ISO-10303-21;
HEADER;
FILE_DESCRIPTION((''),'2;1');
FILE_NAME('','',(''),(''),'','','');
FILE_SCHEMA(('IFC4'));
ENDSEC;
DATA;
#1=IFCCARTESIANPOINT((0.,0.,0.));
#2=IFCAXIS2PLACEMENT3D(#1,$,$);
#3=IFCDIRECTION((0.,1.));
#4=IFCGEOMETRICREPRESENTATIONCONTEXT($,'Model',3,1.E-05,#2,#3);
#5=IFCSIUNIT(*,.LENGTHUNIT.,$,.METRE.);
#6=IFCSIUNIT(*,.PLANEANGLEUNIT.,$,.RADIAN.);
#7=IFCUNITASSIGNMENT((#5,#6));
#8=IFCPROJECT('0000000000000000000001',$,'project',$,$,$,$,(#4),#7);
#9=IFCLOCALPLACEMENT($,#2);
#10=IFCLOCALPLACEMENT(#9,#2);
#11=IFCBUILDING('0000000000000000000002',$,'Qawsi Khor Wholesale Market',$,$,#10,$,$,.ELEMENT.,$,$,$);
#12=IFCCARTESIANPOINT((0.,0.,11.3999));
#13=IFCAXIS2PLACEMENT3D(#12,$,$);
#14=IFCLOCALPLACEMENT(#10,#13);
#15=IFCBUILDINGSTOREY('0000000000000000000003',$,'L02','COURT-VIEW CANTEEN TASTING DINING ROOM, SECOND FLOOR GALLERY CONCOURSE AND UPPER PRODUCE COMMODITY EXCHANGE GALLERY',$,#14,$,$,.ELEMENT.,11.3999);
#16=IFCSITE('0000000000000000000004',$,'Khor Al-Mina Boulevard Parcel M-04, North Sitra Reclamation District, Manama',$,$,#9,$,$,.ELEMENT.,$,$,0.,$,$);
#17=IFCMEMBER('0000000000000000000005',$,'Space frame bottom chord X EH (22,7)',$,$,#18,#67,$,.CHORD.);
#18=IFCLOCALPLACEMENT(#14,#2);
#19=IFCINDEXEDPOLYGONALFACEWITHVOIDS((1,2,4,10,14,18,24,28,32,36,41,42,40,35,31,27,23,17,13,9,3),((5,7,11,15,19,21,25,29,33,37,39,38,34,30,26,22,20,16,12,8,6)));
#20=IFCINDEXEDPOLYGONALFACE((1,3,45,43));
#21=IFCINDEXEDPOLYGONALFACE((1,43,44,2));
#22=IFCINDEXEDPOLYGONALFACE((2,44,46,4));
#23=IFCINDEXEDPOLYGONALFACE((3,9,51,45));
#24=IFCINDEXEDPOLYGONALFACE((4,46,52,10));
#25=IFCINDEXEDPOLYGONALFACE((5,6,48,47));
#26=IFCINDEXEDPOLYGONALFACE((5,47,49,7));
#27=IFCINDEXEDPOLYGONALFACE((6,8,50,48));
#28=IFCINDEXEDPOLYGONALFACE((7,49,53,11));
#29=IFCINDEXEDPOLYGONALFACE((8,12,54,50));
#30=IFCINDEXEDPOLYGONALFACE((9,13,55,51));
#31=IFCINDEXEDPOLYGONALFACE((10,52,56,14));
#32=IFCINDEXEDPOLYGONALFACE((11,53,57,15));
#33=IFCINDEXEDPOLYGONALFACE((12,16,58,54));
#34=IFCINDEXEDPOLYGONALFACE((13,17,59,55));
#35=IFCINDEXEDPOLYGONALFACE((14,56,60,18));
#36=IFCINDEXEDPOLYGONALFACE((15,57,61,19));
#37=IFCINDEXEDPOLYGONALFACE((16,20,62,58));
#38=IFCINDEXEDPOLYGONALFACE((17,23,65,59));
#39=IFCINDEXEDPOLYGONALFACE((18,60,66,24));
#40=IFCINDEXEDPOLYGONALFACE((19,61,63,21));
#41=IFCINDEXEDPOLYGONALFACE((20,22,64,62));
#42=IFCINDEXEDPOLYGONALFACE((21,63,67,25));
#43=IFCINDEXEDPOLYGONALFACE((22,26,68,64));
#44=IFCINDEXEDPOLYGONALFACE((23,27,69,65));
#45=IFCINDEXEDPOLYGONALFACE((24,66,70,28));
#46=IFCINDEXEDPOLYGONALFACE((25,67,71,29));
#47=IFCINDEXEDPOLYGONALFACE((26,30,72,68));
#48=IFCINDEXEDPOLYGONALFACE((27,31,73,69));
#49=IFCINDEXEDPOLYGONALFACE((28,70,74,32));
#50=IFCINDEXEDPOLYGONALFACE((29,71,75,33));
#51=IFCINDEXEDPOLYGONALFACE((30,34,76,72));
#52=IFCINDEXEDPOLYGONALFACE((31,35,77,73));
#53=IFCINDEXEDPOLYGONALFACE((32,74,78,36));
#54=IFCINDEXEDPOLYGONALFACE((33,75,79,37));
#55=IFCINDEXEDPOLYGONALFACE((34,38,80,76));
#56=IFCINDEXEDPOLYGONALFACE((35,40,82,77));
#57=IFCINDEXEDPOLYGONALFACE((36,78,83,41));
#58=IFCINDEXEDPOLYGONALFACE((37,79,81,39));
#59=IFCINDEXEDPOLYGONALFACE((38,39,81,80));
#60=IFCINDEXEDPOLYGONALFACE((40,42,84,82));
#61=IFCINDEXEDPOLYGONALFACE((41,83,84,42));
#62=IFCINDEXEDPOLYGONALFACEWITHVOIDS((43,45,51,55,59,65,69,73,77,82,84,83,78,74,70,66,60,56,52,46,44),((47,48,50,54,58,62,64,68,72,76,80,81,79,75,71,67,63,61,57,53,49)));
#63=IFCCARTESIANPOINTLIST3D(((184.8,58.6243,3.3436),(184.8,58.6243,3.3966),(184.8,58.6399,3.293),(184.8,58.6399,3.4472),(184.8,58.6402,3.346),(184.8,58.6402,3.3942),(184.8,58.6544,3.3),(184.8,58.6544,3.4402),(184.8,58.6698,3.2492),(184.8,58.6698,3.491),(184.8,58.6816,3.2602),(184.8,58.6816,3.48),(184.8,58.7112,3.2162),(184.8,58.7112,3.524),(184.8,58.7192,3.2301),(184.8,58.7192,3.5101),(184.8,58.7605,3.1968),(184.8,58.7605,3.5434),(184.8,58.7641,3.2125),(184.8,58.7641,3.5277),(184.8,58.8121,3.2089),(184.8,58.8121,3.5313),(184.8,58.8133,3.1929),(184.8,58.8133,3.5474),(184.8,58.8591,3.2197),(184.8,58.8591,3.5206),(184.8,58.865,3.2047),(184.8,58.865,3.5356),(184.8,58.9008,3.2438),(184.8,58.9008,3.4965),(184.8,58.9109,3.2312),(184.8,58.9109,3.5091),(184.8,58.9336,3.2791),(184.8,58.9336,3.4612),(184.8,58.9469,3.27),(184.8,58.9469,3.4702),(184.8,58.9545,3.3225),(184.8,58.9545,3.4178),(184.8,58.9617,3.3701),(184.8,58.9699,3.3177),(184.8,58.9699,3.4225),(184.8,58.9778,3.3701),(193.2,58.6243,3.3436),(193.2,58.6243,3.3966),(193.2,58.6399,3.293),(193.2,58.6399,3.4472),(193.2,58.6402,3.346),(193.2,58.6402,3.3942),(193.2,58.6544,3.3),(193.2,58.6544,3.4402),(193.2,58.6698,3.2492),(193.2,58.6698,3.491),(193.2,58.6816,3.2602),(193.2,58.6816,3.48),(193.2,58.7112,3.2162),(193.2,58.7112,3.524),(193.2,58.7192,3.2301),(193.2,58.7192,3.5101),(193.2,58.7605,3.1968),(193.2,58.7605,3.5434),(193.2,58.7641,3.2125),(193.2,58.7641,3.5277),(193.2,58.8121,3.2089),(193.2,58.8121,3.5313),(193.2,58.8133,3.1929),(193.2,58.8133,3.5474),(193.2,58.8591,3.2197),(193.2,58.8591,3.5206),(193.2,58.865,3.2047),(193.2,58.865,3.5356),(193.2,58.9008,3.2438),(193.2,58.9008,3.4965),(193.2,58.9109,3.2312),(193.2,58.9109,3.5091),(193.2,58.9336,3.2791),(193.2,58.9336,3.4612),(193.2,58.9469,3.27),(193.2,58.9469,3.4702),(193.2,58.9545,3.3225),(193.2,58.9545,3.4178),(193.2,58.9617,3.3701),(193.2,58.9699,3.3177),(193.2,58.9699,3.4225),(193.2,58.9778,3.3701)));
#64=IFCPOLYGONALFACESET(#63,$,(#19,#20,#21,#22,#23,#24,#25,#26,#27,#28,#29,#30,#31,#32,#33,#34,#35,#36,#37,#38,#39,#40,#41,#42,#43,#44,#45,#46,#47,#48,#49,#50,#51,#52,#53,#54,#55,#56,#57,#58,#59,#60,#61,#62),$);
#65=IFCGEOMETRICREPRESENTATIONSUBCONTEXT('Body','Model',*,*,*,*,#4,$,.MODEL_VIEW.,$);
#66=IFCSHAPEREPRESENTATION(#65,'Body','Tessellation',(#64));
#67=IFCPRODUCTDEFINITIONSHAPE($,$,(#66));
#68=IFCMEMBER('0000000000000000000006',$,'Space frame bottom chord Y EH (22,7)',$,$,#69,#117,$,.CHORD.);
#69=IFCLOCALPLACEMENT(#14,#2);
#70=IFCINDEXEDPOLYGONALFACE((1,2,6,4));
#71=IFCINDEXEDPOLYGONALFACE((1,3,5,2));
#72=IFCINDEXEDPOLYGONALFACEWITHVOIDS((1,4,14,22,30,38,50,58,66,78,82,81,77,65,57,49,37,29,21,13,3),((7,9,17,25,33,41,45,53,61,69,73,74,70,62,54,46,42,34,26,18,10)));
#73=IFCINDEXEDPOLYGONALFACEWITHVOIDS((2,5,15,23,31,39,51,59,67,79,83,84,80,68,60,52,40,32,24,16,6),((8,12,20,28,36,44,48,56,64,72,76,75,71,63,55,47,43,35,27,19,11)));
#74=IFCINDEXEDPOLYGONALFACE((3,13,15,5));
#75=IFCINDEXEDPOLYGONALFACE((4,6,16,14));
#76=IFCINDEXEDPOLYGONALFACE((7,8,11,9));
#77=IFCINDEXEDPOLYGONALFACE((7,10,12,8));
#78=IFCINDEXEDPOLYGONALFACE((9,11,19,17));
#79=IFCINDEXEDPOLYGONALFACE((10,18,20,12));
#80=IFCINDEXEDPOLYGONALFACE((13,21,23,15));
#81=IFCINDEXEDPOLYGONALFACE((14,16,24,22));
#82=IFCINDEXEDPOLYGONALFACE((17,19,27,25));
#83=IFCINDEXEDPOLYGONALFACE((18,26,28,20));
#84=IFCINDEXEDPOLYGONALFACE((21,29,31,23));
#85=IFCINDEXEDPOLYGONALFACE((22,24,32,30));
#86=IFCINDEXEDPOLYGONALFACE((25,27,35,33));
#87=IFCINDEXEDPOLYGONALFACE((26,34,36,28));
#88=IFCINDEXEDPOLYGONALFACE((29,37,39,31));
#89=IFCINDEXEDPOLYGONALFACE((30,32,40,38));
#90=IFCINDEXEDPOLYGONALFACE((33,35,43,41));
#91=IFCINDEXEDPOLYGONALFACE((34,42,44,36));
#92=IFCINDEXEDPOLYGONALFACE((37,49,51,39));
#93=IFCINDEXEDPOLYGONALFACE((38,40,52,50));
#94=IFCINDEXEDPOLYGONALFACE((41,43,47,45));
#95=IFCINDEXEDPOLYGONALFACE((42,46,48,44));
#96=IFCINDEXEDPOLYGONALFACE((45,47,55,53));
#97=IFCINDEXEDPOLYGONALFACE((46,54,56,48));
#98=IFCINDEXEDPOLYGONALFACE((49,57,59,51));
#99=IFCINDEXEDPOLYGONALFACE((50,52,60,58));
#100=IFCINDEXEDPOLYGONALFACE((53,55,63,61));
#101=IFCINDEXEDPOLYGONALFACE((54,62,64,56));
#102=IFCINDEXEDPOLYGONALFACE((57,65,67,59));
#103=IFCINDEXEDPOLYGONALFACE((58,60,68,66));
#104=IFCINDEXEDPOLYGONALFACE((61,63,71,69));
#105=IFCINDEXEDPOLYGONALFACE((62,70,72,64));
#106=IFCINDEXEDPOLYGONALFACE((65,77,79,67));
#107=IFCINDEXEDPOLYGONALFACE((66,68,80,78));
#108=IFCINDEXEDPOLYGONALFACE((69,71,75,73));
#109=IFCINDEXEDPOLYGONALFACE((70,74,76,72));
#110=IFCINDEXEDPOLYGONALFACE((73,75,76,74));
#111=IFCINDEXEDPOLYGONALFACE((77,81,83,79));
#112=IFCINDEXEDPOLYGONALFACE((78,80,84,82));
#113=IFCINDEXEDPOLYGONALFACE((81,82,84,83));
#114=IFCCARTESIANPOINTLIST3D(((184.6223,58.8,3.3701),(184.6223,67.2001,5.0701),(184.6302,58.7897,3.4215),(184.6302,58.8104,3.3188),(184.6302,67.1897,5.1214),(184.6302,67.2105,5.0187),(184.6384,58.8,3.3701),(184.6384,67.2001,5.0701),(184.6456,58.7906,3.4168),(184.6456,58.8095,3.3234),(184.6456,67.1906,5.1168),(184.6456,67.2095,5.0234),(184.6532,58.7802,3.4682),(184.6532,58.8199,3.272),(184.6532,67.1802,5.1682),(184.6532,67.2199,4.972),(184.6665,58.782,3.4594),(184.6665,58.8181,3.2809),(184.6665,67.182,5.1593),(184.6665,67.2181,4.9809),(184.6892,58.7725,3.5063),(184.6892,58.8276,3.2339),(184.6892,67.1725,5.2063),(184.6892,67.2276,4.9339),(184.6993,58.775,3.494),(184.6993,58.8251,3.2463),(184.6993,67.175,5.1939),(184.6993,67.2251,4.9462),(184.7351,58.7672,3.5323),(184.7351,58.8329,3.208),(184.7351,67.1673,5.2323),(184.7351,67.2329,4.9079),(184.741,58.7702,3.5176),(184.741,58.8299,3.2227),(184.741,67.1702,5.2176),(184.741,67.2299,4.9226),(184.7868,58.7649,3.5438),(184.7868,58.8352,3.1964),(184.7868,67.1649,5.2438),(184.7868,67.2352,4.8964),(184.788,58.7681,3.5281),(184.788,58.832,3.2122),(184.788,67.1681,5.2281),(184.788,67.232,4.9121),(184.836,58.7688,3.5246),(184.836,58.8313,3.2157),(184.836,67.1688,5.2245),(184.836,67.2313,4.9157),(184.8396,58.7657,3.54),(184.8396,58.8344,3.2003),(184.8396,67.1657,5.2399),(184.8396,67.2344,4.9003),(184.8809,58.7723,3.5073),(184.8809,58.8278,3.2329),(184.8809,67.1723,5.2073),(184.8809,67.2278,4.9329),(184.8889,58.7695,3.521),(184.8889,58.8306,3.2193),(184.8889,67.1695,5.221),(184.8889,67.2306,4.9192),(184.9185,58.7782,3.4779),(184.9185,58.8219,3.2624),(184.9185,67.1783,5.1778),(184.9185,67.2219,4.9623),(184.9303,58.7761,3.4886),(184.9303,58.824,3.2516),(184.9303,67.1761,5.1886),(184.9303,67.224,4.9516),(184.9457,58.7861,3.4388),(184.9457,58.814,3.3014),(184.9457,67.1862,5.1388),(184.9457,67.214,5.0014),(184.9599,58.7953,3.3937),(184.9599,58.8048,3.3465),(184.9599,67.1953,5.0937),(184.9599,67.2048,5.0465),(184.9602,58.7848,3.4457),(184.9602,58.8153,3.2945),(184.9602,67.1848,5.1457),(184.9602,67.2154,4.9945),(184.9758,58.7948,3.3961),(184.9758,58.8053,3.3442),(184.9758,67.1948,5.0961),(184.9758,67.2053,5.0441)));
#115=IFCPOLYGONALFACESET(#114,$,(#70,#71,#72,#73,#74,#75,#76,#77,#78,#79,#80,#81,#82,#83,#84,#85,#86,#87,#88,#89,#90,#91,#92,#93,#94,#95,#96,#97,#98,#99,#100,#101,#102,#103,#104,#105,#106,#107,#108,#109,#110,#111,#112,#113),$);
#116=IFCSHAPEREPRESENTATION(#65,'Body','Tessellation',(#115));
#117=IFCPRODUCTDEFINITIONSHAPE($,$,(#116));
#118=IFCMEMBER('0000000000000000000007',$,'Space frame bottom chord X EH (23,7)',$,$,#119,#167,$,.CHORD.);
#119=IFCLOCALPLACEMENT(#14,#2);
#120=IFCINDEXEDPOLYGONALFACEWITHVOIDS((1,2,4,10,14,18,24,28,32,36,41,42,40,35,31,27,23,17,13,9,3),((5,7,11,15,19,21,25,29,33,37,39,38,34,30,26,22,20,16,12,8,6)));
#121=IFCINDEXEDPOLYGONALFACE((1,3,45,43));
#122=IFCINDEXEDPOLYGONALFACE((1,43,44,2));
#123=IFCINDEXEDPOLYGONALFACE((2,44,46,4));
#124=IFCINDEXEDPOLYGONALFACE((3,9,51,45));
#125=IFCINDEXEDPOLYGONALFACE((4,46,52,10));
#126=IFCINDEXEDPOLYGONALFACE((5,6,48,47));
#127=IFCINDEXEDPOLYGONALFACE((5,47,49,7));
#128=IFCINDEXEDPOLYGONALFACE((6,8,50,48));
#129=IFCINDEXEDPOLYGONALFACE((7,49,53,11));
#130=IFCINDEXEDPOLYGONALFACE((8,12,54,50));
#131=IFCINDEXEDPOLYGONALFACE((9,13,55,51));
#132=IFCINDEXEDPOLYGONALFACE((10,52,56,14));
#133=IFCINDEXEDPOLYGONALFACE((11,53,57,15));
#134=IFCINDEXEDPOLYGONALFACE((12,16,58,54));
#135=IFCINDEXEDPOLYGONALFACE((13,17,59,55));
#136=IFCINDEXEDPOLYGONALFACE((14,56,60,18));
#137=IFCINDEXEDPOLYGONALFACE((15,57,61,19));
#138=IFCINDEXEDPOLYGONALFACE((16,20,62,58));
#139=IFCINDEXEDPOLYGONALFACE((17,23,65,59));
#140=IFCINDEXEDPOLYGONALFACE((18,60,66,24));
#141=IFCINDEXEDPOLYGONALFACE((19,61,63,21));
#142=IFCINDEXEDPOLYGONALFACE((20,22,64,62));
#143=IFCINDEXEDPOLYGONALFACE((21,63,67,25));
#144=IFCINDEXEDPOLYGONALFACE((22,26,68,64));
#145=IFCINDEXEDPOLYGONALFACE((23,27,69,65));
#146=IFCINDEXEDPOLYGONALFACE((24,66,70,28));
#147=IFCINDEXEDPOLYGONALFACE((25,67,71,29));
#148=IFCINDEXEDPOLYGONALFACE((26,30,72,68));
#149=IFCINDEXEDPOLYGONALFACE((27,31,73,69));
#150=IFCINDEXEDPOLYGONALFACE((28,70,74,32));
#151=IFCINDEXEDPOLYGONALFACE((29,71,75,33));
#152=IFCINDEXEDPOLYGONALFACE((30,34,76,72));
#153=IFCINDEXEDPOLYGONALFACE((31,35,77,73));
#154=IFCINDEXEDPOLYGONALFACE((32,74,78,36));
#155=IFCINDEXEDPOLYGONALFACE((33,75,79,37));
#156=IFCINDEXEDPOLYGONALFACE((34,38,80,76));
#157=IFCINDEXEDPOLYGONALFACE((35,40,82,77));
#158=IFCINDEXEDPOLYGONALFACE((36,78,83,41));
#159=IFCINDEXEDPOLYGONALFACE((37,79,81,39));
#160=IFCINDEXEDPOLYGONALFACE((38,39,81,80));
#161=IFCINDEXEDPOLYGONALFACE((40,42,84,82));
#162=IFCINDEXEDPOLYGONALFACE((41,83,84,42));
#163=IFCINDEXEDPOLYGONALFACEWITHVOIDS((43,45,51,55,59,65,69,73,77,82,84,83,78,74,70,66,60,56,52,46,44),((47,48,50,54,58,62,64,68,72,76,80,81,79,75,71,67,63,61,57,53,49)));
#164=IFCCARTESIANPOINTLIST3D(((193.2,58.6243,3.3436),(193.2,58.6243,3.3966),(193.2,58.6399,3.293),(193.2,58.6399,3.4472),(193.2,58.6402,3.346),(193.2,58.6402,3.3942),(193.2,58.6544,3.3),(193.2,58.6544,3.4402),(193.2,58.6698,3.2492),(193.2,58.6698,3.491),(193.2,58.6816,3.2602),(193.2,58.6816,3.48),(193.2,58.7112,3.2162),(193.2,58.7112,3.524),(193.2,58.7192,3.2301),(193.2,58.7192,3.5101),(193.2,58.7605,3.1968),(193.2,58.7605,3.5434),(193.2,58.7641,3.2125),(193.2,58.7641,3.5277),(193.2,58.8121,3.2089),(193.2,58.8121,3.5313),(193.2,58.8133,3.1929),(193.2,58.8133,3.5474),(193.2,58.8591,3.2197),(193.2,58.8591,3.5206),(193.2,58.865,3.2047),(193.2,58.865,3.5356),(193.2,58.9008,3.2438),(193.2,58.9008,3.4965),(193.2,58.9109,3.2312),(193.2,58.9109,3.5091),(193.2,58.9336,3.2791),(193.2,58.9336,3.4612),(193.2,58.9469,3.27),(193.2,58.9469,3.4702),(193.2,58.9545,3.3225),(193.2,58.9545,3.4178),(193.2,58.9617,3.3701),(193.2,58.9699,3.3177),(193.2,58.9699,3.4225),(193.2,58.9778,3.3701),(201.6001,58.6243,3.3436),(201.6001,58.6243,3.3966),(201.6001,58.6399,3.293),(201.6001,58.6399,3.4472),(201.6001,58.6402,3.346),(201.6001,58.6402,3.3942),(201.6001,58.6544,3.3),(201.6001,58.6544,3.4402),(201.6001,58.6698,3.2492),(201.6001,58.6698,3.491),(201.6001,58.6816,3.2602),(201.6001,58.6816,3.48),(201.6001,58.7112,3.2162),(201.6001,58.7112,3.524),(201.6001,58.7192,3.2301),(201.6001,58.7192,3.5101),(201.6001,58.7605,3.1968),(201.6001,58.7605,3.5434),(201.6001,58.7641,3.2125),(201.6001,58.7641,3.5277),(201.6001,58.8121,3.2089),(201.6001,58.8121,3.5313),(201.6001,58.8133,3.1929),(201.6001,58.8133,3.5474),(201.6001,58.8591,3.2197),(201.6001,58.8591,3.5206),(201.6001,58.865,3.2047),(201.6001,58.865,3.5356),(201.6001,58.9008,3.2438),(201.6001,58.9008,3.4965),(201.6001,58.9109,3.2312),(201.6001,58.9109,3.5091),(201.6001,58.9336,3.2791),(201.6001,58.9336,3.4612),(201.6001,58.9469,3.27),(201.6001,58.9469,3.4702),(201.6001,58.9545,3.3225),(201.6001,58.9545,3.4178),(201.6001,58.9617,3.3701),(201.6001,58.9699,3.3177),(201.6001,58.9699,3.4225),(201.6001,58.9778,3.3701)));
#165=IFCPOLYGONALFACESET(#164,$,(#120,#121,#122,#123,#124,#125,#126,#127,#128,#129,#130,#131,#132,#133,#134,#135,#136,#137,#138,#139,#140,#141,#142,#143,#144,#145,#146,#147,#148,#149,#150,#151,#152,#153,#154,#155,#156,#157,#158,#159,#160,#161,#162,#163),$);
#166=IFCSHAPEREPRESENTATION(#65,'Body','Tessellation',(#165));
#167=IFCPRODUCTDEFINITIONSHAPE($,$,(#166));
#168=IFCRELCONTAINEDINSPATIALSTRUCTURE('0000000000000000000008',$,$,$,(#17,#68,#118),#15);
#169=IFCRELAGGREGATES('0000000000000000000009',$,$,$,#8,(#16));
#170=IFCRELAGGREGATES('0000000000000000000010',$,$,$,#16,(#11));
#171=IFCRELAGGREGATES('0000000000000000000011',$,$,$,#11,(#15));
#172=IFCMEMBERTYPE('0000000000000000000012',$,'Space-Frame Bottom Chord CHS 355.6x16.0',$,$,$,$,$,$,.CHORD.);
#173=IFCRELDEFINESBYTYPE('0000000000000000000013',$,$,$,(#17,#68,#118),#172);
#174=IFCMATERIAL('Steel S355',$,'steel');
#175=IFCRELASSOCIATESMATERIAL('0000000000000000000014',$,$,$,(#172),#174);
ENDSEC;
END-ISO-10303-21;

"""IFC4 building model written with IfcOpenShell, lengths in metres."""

from ifc_helpers import new_model, si_unit, direction, frame, origin, origin_2d, place, context, subcontext, project, spatial, hollow_circle, extrude, material, material_profile, profile_set, type_object, element, save


model = new_model("IFC4")

# Units and contexts
model_context = context("Model", 3, precision=1e-05, world=origin(), true_north=direction((0.0, 1.0)))
body_context = subcontext(model_context, "Body", "Model", "MODEL_VIEW")
ifc_project = project(units=[si_unit("LENGTHUNIT", "METRE"), si_unit("PLANEANGLEUNIT", "RADIAN")], contexts=[model_context])

# Site, building, storey
site_placement = place(None, origin())
site = spatial("IfcSite", under=ifc_project, at=site_placement, Name="Khor Al-Mina Boulevard Parcel M-04, North Sitra Reclamation District, Manama", CompositionType="ELEMENT", RefElevation=0.0)
building_placement = place(site_placement, origin())
building = spatial("IfcBuilding", under=site, at=building_placement, Name="Qawsi Khor Wholesale Market", CompositionType="ELEMENT")
storey_placement = place(building_placement, frame((0.0, 0.0, 11.3999)))
storey = spatial("IfcBuildingStorey", under=building, at=storey_placement, Name="L02", Description="COURT-VIEW CANTEEN TASTING DINING ROOM, SECOND FLOOR GALLERY CONCOURSE AND UPPER PRODUCE COMMODITY EXCHANGE GALLERY", CompositionType="ELEMENT", Elevation=11.3999)

# Members
ifc_material_1 = material(Name="Steel S355", Category="steel")
ifc_material_profile_1 = material_profile(ifc_material_1, hollow_circle(Radius=0.1777, WallThickness=0.0161, at=origin_2d()), Name="CHS 355.6x16.0")
ifc_profile_set_1 = profile_set([ifc_material_profile_1], Name="Steel S355")
member_type_1 = type_object("IfcMemberType", Name="Space-Frame Bottom Chord CHS 355.6x16.0", PredefinedType="CHORD", material=ifc_profile_set_1)
member_1_placement = place(storey_placement, frame((184.8, 58.8, 3.3701), z_axis=(1.0, 0.0, 0.0), x_axis=(0.0, 1.0, 0.0)))
element("IfcMember", 1, at=member_1_placement, inside=storey, type_object=member_type_1, Name="Space frame bottom chord X EH (22,7)", PredefinedType="CHORD", context=body_context, shape_type="SweptSolid", body=[
    extrude(hollow_circle(Radius=0.1777, WallThickness=0.0161, at=origin_2d()), origin(), (0.0, 0.0, 1.0), 8.3999),
])
member_2_placement = place(storey_placement, frame((184.8, 58.8, 3.3701), z_axis=(0.0, 0.98013, 0.198356), x_axis=(-1.0, 0.0, 0.0)))
element("IfcMember", 2, at=member_2_placement, inside=storey, type_object=member_type_1, Name="Space frame bottom chord Y EH (22,7)", PredefinedType="CHORD", context=body_context, shape_type="SweptSolid", body=[
    extrude(hollow_circle(Radius=0.1777, WallThickness=0.0161, at=origin_2d()), origin(), (0.0, 0.0, 1.0), 8.5703),
])
member_3_placement = place(storey_placement, frame((193.2, 58.8, 3.3701), z_axis=(1.0, 0.0, 0.0), x_axis=(0.0, 1.0, 0.0)))
element("IfcMember", 3, at=member_3_placement, inside=storey, type_object=member_type_1, Name="Space frame bottom chord X EH (23,7)", PredefinedType="CHORD", context=body_context, shape_type="SweptSolid", body=[
    extrude(hollow_circle(Radius=0.1777, WallThickness=0.0161, at=origin_2d()), origin(), (0.0, 0.0, 1.0), 8.4001),
])

save(model, "model.ifc")
